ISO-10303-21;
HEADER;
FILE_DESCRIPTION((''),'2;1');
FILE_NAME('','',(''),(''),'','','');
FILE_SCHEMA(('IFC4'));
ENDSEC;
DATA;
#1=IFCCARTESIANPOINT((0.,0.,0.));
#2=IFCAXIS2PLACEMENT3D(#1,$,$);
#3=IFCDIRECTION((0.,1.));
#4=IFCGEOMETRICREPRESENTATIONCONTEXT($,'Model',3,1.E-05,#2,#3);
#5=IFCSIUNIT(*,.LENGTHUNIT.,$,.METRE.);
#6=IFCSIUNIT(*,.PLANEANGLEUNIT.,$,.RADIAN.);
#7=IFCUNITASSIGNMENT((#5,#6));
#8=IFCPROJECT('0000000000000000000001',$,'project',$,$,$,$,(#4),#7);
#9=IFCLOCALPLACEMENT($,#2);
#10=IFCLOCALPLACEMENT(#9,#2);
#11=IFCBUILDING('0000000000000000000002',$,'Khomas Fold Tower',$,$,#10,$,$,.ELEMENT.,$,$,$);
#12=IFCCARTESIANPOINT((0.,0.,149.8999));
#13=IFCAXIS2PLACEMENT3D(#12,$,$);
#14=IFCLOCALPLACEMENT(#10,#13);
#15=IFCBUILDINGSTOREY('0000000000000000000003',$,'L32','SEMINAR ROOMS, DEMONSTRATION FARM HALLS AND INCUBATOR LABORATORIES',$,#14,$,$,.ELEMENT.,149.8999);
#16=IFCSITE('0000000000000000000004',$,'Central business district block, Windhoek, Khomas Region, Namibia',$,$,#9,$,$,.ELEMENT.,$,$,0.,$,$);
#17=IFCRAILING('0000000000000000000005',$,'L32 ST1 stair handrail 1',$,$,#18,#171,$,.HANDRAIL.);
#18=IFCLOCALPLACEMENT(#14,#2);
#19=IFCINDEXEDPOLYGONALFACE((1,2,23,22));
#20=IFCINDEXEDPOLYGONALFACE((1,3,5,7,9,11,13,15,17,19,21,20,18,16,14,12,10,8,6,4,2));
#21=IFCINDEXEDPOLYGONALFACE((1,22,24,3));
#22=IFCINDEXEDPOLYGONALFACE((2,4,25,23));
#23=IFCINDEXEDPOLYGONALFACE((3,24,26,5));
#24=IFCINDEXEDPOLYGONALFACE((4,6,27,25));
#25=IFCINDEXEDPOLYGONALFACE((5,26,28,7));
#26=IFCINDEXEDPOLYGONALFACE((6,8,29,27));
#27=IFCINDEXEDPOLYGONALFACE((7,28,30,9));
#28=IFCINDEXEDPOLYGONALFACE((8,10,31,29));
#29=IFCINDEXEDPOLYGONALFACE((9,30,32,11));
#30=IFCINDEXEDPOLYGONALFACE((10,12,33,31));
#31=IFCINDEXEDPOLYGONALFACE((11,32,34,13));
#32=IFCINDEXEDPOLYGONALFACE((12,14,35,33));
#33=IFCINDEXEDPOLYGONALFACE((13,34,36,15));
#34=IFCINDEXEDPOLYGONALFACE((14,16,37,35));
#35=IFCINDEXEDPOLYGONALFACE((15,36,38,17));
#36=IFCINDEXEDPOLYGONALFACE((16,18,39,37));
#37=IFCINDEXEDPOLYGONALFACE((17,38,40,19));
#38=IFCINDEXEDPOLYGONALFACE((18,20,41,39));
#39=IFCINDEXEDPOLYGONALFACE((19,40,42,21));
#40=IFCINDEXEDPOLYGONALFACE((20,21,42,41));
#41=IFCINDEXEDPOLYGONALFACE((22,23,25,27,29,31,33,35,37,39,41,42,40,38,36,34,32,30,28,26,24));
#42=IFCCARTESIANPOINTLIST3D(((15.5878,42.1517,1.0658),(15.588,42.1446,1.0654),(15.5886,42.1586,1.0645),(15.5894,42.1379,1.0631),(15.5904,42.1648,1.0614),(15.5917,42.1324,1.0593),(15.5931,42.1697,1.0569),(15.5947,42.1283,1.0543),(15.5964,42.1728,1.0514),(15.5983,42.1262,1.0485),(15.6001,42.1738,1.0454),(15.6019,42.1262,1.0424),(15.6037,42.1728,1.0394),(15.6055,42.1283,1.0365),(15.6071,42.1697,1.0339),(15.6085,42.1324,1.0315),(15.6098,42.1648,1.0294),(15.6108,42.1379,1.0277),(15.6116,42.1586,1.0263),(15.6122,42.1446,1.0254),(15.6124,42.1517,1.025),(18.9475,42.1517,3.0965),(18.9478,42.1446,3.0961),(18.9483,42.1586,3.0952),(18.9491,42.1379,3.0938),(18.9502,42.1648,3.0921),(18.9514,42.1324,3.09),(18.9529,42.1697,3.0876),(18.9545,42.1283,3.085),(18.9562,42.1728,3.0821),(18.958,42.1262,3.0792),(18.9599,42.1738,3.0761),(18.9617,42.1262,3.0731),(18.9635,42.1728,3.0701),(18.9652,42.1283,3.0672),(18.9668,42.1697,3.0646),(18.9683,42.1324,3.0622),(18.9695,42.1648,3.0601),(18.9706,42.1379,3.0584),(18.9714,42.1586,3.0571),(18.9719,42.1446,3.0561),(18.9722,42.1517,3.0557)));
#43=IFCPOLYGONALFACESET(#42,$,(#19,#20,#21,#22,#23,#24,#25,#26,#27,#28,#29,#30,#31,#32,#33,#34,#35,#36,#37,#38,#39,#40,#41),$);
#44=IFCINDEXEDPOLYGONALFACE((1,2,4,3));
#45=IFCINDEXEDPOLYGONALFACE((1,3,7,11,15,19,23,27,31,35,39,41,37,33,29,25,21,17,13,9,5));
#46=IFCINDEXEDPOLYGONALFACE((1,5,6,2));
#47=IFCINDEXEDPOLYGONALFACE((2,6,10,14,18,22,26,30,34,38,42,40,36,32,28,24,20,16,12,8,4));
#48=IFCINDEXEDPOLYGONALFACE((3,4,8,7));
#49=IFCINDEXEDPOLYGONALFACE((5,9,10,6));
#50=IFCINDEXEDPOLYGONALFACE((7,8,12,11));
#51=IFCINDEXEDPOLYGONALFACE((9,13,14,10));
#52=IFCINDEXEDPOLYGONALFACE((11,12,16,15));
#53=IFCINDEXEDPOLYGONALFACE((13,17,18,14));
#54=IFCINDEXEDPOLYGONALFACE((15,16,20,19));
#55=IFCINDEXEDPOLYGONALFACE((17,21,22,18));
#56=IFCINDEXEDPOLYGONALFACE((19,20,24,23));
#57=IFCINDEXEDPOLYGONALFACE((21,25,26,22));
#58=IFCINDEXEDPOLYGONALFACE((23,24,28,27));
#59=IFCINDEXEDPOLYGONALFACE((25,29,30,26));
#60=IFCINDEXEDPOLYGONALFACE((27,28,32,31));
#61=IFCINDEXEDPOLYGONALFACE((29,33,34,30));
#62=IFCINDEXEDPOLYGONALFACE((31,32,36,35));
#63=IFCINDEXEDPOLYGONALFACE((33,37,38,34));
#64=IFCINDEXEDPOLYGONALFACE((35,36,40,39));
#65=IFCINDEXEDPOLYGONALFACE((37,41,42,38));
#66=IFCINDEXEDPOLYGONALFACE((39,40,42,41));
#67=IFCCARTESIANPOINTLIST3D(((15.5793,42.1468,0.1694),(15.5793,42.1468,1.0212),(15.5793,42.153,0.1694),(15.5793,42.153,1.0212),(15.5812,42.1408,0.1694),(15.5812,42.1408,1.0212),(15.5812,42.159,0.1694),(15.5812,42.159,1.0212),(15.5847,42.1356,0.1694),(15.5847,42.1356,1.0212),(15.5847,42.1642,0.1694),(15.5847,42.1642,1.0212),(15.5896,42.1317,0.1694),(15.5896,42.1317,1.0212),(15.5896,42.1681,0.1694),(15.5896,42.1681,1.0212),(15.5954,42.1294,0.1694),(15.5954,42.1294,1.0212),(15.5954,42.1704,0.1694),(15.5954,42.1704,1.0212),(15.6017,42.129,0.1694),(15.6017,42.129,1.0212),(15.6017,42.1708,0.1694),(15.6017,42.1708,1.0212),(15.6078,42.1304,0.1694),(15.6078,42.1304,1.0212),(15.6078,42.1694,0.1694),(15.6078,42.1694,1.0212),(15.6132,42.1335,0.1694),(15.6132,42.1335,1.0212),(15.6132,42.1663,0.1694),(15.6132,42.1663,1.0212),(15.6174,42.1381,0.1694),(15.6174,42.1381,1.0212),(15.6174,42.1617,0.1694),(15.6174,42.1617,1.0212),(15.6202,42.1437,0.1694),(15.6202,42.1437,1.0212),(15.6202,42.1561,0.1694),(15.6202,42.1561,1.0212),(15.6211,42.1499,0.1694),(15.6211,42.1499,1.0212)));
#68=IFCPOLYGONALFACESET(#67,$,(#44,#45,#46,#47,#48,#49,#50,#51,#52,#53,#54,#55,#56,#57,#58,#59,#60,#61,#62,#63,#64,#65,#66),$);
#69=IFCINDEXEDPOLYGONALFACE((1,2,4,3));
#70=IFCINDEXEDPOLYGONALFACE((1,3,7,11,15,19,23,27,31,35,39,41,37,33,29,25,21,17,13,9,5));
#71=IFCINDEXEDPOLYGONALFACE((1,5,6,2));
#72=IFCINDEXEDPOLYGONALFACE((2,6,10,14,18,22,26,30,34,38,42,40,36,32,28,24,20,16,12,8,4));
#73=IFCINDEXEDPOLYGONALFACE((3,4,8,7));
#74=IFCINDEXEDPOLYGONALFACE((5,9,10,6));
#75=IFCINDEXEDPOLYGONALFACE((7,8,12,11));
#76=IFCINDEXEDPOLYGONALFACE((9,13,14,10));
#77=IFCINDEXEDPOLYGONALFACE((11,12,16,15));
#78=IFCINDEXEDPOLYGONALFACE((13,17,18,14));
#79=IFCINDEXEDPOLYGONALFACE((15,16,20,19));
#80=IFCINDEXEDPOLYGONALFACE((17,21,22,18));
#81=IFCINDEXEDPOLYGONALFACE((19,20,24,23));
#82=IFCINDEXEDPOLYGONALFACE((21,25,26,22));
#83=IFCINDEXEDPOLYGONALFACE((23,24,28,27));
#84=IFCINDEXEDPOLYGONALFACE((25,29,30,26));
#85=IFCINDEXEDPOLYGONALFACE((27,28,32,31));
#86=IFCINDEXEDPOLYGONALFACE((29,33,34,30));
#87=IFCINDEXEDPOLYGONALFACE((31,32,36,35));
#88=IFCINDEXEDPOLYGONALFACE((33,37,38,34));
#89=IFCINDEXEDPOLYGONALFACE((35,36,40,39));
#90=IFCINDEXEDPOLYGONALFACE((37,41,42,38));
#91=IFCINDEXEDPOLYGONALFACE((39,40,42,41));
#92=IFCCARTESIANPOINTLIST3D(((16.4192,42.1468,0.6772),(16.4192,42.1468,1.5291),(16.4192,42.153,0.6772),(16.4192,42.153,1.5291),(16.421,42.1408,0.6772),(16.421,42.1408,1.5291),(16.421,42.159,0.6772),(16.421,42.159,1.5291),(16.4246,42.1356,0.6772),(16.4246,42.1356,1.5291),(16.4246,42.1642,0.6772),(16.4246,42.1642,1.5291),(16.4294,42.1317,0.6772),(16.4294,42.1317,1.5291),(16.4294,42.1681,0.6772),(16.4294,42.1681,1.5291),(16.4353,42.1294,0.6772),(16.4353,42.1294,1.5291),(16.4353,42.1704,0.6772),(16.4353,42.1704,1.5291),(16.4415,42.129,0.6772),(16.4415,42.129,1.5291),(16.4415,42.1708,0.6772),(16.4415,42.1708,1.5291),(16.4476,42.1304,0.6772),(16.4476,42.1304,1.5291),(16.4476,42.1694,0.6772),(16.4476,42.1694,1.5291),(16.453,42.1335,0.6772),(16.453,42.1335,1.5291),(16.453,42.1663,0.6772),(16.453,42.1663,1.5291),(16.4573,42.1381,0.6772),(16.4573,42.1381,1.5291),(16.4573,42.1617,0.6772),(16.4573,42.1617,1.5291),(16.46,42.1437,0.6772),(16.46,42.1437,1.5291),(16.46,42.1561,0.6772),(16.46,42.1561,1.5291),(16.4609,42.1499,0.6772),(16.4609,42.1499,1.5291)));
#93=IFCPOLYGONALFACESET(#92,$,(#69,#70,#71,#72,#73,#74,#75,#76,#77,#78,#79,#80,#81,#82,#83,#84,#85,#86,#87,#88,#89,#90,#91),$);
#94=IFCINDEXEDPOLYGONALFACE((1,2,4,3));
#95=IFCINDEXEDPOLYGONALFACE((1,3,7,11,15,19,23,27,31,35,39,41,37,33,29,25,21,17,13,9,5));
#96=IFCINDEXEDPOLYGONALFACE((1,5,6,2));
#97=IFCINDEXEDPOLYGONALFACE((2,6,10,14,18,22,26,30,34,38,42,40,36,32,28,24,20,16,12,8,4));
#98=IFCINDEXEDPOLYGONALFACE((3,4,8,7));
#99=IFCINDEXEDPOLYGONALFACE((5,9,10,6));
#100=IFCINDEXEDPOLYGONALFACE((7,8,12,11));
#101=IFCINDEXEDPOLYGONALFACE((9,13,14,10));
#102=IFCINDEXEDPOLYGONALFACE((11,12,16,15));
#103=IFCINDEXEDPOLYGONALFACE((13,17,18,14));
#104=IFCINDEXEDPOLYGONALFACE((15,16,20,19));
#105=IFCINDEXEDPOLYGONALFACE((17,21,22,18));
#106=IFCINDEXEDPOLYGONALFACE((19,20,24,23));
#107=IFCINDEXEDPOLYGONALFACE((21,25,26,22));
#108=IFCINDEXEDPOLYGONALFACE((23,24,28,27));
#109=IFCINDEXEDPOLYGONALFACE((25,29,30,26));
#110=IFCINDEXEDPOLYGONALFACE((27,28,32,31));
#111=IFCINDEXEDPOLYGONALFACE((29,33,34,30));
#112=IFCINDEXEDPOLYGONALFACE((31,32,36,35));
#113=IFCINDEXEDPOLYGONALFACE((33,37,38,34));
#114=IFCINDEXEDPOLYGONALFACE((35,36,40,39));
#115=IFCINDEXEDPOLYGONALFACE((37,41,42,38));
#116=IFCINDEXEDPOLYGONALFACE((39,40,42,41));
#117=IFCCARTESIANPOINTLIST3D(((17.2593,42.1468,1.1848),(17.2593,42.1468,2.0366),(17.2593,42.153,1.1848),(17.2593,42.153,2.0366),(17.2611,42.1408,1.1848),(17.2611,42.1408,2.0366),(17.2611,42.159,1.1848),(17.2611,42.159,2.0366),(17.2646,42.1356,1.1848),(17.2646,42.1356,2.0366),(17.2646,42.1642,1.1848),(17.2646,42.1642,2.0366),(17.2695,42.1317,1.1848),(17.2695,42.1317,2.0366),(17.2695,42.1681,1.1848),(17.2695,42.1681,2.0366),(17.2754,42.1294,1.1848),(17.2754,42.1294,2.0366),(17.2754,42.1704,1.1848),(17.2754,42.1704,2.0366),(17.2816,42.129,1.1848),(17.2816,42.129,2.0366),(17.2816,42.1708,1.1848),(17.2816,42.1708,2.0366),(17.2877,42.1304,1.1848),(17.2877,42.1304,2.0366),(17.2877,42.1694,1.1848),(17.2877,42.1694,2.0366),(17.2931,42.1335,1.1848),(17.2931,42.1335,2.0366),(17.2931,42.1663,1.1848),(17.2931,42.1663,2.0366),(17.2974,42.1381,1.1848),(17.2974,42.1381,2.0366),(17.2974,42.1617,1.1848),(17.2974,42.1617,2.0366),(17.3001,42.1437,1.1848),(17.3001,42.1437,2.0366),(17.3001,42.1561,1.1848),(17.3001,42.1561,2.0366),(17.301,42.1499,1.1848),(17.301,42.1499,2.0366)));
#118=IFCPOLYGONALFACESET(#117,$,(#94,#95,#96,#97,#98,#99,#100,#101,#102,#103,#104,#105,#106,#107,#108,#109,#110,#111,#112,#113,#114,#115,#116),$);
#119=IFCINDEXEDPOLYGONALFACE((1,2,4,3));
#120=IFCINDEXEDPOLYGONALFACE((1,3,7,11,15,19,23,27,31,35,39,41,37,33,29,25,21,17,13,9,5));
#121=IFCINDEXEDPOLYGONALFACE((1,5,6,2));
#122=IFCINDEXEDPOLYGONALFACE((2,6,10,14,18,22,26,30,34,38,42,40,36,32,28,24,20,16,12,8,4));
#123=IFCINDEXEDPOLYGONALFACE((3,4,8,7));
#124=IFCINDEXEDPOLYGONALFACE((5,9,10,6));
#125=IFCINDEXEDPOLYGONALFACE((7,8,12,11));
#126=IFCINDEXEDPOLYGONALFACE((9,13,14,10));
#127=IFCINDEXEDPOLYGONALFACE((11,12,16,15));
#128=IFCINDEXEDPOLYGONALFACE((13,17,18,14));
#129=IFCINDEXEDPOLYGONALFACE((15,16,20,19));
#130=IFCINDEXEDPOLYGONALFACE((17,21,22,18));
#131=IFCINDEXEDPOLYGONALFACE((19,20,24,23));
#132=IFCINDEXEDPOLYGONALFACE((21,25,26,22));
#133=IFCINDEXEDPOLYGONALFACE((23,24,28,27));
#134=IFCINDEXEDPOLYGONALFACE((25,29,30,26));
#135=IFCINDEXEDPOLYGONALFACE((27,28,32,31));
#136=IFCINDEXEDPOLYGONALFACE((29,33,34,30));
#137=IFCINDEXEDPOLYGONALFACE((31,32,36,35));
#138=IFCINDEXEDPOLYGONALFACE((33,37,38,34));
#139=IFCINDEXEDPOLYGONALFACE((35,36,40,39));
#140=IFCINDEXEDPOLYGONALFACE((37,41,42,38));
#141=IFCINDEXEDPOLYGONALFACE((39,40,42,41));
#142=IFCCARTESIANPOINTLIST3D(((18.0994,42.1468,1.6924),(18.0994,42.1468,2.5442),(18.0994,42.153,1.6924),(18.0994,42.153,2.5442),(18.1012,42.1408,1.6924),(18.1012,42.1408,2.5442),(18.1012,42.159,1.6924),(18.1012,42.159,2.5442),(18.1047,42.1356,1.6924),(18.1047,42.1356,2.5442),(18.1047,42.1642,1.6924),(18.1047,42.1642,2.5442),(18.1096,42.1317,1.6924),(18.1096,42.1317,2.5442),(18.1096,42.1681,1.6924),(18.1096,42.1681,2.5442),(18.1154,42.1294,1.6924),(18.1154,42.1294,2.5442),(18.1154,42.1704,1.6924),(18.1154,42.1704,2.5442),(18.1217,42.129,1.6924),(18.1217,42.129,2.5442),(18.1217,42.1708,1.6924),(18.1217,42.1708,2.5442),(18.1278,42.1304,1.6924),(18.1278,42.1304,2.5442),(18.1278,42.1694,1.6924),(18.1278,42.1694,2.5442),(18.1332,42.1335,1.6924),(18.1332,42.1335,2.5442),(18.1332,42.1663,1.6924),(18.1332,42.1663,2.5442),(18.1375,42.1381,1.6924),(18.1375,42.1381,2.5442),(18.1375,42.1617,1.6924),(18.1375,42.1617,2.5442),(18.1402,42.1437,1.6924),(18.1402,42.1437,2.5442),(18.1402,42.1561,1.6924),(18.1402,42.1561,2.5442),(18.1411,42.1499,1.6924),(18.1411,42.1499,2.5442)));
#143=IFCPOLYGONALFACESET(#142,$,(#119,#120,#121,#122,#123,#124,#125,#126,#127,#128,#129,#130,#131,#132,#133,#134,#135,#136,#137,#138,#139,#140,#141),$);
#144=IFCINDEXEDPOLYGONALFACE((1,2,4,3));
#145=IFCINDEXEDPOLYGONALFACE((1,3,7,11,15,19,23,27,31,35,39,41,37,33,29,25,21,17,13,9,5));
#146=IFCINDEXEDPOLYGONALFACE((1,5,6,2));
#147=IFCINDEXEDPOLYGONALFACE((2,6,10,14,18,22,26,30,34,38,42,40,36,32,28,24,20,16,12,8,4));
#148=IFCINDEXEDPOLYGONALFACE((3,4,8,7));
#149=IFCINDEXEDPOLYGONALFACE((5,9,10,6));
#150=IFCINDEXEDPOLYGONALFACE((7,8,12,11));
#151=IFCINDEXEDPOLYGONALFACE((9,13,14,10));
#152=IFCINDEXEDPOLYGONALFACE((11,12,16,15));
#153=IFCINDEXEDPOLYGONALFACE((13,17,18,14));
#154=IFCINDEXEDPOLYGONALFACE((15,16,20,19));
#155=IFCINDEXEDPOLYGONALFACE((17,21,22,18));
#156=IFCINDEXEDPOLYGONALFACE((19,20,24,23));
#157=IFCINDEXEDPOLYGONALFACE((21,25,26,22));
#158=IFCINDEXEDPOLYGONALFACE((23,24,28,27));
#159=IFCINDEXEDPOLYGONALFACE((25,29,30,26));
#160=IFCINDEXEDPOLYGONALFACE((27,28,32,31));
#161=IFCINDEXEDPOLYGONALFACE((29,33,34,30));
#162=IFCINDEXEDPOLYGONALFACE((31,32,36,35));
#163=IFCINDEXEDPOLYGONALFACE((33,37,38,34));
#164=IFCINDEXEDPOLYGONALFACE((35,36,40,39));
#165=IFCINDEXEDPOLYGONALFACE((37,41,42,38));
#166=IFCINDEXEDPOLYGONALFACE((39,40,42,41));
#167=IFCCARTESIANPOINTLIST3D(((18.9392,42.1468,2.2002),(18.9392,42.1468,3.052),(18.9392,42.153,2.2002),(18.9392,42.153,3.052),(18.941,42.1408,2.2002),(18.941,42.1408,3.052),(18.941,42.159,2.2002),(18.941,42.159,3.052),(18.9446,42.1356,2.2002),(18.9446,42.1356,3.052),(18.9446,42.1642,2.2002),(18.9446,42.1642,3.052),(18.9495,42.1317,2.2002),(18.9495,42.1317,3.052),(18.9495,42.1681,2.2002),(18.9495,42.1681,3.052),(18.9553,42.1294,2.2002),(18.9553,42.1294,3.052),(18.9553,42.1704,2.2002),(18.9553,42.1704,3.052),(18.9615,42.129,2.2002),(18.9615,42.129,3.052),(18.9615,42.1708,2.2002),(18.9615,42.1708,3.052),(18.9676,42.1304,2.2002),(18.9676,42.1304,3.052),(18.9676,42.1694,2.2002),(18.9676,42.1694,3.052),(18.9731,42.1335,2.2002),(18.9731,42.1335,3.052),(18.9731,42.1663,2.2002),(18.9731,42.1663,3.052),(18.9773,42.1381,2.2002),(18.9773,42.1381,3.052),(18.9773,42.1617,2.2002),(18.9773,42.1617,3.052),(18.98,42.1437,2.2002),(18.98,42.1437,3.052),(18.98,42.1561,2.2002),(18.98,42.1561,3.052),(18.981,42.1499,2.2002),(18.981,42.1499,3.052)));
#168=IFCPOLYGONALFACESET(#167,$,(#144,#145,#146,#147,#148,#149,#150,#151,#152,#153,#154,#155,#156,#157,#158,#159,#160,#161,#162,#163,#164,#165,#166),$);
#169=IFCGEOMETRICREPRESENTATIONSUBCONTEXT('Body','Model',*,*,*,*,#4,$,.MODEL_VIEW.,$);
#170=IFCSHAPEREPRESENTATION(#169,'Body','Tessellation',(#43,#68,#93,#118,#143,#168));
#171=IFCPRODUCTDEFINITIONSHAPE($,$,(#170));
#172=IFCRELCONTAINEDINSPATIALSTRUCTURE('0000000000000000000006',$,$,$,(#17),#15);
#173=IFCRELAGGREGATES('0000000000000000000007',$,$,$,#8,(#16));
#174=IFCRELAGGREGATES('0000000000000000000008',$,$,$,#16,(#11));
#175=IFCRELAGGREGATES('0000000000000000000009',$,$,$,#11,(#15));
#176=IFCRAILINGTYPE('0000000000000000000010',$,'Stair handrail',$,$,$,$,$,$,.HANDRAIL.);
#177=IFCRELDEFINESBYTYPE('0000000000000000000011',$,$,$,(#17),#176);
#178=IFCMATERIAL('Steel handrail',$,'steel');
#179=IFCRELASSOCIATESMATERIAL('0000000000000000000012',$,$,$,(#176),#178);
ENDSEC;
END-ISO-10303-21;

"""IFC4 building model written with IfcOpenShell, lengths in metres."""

from ifc_helpers import new_model, si_unit, direction, frame, origin, origin_2d, place, context, subcontext, project, spatial, circle, extrude, source, transform, mapped, material, type_object, element, save


model = new_model("IFC4")

# Units and contexts
model_context = context("Model", 3, precision=1e-05, world=origin(), true_north=direction((0.0, 1.0)))
body_context = subcontext(model_context, "Body", "Model", "MODEL_VIEW")
ifc_project = project(units=[si_unit("LENGTHUNIT", "METRE"), si_unit("PLANEANGLEUNIT", "RADIAN")], contexts=[model_context])

# Site, building, storey
site_placement = place(None, origin())
site = spatial("IfcSite", under=ifc_project, at=site_placement, Name="Central business district block, Windhoek, Khomas Region, Namibia", CompositionType="ELEMENT", RefElevation=0.0)
building_placement = place(site_placement, origin())
building = spatial("IfcBuilding", under=site, at=building_placement, Name="Khomas Fold Tower", CompositionType="ELEMENT")
storey_placement = place(building_placement, frame((0.0, 0.0, 149.8999)))
storey = spatial("IfcBuildingStorey", under=building, at=storey_placement, Name="L32", Description="SEMINAR ROOMS, DEMONSTRATION FARM HALLS AND INCUBATOR LABORATORIES", CompositionType="ELEMENT", Elevation=149.8999)

# Railing
ifc_material_1 = material(Name="Steel handrail", Category="steel")
railing_type_1 = type_object("IfcRailingType", Name="Stair handrail", PredefinedType="HANDRAIL", material=ifc_material_1)
shared_shape_1 = source(origin(), body_context, "Body", "SweptSolid", [
    extrude(circle(Radius=0.0239, at=origin_2d()), frame((0.0, 0.0, 0.876), z_axis=(0.85582, 0.0, 0.517273), x_axis=(0.0, 1.0, 0.0)), (0.0, 0.0, 1.0), 3.9258),
    extrude(circle(Radius=0.021, at=origin_2d()), origin(), (0.0, 0.0, 1.0), 0.8518),
    extrude(circle(Radius=0.021, at=origin_2d()), frame((0.8398, 0.0, 0.5078)), (0.0, 0.0, 1.0), 0.8518),
    extrude(circle(Radius=0.021, at=origin_2d()), frame((1.6799, 0.0, 1.0154)), (0.0, 0.0, 1.0), 0.8518),
    extrude(circle(Radius=0.021, at=origin_2d()), frame((2.52, 0.0, 1.5229)), (0.0, 0.0, 1.0), 0.8518),
    extrude(circle(Radius=0.021, at=origin_2d()), frame((3.3599, 0.0, 2.0308)), (0.0, 0.0, 1.0), 0.8518),
])
railing_1_placement = place(storey_placement, frame((15.6001, 42.1499, 0.1694)))
element("IfcRailing", 1, at=railing_1_placement, inside=storey, type_object=railing_type_1, Name="L32 ST1 stair handrail 1", PredefinedType="HANDRAIL", context=body_context, shape_type="MappedRepresentation", body=[
    mapped(shared_shape_1, transform((0.0, 0.0, 0.0))),
])

save(model, "model.ifc")
